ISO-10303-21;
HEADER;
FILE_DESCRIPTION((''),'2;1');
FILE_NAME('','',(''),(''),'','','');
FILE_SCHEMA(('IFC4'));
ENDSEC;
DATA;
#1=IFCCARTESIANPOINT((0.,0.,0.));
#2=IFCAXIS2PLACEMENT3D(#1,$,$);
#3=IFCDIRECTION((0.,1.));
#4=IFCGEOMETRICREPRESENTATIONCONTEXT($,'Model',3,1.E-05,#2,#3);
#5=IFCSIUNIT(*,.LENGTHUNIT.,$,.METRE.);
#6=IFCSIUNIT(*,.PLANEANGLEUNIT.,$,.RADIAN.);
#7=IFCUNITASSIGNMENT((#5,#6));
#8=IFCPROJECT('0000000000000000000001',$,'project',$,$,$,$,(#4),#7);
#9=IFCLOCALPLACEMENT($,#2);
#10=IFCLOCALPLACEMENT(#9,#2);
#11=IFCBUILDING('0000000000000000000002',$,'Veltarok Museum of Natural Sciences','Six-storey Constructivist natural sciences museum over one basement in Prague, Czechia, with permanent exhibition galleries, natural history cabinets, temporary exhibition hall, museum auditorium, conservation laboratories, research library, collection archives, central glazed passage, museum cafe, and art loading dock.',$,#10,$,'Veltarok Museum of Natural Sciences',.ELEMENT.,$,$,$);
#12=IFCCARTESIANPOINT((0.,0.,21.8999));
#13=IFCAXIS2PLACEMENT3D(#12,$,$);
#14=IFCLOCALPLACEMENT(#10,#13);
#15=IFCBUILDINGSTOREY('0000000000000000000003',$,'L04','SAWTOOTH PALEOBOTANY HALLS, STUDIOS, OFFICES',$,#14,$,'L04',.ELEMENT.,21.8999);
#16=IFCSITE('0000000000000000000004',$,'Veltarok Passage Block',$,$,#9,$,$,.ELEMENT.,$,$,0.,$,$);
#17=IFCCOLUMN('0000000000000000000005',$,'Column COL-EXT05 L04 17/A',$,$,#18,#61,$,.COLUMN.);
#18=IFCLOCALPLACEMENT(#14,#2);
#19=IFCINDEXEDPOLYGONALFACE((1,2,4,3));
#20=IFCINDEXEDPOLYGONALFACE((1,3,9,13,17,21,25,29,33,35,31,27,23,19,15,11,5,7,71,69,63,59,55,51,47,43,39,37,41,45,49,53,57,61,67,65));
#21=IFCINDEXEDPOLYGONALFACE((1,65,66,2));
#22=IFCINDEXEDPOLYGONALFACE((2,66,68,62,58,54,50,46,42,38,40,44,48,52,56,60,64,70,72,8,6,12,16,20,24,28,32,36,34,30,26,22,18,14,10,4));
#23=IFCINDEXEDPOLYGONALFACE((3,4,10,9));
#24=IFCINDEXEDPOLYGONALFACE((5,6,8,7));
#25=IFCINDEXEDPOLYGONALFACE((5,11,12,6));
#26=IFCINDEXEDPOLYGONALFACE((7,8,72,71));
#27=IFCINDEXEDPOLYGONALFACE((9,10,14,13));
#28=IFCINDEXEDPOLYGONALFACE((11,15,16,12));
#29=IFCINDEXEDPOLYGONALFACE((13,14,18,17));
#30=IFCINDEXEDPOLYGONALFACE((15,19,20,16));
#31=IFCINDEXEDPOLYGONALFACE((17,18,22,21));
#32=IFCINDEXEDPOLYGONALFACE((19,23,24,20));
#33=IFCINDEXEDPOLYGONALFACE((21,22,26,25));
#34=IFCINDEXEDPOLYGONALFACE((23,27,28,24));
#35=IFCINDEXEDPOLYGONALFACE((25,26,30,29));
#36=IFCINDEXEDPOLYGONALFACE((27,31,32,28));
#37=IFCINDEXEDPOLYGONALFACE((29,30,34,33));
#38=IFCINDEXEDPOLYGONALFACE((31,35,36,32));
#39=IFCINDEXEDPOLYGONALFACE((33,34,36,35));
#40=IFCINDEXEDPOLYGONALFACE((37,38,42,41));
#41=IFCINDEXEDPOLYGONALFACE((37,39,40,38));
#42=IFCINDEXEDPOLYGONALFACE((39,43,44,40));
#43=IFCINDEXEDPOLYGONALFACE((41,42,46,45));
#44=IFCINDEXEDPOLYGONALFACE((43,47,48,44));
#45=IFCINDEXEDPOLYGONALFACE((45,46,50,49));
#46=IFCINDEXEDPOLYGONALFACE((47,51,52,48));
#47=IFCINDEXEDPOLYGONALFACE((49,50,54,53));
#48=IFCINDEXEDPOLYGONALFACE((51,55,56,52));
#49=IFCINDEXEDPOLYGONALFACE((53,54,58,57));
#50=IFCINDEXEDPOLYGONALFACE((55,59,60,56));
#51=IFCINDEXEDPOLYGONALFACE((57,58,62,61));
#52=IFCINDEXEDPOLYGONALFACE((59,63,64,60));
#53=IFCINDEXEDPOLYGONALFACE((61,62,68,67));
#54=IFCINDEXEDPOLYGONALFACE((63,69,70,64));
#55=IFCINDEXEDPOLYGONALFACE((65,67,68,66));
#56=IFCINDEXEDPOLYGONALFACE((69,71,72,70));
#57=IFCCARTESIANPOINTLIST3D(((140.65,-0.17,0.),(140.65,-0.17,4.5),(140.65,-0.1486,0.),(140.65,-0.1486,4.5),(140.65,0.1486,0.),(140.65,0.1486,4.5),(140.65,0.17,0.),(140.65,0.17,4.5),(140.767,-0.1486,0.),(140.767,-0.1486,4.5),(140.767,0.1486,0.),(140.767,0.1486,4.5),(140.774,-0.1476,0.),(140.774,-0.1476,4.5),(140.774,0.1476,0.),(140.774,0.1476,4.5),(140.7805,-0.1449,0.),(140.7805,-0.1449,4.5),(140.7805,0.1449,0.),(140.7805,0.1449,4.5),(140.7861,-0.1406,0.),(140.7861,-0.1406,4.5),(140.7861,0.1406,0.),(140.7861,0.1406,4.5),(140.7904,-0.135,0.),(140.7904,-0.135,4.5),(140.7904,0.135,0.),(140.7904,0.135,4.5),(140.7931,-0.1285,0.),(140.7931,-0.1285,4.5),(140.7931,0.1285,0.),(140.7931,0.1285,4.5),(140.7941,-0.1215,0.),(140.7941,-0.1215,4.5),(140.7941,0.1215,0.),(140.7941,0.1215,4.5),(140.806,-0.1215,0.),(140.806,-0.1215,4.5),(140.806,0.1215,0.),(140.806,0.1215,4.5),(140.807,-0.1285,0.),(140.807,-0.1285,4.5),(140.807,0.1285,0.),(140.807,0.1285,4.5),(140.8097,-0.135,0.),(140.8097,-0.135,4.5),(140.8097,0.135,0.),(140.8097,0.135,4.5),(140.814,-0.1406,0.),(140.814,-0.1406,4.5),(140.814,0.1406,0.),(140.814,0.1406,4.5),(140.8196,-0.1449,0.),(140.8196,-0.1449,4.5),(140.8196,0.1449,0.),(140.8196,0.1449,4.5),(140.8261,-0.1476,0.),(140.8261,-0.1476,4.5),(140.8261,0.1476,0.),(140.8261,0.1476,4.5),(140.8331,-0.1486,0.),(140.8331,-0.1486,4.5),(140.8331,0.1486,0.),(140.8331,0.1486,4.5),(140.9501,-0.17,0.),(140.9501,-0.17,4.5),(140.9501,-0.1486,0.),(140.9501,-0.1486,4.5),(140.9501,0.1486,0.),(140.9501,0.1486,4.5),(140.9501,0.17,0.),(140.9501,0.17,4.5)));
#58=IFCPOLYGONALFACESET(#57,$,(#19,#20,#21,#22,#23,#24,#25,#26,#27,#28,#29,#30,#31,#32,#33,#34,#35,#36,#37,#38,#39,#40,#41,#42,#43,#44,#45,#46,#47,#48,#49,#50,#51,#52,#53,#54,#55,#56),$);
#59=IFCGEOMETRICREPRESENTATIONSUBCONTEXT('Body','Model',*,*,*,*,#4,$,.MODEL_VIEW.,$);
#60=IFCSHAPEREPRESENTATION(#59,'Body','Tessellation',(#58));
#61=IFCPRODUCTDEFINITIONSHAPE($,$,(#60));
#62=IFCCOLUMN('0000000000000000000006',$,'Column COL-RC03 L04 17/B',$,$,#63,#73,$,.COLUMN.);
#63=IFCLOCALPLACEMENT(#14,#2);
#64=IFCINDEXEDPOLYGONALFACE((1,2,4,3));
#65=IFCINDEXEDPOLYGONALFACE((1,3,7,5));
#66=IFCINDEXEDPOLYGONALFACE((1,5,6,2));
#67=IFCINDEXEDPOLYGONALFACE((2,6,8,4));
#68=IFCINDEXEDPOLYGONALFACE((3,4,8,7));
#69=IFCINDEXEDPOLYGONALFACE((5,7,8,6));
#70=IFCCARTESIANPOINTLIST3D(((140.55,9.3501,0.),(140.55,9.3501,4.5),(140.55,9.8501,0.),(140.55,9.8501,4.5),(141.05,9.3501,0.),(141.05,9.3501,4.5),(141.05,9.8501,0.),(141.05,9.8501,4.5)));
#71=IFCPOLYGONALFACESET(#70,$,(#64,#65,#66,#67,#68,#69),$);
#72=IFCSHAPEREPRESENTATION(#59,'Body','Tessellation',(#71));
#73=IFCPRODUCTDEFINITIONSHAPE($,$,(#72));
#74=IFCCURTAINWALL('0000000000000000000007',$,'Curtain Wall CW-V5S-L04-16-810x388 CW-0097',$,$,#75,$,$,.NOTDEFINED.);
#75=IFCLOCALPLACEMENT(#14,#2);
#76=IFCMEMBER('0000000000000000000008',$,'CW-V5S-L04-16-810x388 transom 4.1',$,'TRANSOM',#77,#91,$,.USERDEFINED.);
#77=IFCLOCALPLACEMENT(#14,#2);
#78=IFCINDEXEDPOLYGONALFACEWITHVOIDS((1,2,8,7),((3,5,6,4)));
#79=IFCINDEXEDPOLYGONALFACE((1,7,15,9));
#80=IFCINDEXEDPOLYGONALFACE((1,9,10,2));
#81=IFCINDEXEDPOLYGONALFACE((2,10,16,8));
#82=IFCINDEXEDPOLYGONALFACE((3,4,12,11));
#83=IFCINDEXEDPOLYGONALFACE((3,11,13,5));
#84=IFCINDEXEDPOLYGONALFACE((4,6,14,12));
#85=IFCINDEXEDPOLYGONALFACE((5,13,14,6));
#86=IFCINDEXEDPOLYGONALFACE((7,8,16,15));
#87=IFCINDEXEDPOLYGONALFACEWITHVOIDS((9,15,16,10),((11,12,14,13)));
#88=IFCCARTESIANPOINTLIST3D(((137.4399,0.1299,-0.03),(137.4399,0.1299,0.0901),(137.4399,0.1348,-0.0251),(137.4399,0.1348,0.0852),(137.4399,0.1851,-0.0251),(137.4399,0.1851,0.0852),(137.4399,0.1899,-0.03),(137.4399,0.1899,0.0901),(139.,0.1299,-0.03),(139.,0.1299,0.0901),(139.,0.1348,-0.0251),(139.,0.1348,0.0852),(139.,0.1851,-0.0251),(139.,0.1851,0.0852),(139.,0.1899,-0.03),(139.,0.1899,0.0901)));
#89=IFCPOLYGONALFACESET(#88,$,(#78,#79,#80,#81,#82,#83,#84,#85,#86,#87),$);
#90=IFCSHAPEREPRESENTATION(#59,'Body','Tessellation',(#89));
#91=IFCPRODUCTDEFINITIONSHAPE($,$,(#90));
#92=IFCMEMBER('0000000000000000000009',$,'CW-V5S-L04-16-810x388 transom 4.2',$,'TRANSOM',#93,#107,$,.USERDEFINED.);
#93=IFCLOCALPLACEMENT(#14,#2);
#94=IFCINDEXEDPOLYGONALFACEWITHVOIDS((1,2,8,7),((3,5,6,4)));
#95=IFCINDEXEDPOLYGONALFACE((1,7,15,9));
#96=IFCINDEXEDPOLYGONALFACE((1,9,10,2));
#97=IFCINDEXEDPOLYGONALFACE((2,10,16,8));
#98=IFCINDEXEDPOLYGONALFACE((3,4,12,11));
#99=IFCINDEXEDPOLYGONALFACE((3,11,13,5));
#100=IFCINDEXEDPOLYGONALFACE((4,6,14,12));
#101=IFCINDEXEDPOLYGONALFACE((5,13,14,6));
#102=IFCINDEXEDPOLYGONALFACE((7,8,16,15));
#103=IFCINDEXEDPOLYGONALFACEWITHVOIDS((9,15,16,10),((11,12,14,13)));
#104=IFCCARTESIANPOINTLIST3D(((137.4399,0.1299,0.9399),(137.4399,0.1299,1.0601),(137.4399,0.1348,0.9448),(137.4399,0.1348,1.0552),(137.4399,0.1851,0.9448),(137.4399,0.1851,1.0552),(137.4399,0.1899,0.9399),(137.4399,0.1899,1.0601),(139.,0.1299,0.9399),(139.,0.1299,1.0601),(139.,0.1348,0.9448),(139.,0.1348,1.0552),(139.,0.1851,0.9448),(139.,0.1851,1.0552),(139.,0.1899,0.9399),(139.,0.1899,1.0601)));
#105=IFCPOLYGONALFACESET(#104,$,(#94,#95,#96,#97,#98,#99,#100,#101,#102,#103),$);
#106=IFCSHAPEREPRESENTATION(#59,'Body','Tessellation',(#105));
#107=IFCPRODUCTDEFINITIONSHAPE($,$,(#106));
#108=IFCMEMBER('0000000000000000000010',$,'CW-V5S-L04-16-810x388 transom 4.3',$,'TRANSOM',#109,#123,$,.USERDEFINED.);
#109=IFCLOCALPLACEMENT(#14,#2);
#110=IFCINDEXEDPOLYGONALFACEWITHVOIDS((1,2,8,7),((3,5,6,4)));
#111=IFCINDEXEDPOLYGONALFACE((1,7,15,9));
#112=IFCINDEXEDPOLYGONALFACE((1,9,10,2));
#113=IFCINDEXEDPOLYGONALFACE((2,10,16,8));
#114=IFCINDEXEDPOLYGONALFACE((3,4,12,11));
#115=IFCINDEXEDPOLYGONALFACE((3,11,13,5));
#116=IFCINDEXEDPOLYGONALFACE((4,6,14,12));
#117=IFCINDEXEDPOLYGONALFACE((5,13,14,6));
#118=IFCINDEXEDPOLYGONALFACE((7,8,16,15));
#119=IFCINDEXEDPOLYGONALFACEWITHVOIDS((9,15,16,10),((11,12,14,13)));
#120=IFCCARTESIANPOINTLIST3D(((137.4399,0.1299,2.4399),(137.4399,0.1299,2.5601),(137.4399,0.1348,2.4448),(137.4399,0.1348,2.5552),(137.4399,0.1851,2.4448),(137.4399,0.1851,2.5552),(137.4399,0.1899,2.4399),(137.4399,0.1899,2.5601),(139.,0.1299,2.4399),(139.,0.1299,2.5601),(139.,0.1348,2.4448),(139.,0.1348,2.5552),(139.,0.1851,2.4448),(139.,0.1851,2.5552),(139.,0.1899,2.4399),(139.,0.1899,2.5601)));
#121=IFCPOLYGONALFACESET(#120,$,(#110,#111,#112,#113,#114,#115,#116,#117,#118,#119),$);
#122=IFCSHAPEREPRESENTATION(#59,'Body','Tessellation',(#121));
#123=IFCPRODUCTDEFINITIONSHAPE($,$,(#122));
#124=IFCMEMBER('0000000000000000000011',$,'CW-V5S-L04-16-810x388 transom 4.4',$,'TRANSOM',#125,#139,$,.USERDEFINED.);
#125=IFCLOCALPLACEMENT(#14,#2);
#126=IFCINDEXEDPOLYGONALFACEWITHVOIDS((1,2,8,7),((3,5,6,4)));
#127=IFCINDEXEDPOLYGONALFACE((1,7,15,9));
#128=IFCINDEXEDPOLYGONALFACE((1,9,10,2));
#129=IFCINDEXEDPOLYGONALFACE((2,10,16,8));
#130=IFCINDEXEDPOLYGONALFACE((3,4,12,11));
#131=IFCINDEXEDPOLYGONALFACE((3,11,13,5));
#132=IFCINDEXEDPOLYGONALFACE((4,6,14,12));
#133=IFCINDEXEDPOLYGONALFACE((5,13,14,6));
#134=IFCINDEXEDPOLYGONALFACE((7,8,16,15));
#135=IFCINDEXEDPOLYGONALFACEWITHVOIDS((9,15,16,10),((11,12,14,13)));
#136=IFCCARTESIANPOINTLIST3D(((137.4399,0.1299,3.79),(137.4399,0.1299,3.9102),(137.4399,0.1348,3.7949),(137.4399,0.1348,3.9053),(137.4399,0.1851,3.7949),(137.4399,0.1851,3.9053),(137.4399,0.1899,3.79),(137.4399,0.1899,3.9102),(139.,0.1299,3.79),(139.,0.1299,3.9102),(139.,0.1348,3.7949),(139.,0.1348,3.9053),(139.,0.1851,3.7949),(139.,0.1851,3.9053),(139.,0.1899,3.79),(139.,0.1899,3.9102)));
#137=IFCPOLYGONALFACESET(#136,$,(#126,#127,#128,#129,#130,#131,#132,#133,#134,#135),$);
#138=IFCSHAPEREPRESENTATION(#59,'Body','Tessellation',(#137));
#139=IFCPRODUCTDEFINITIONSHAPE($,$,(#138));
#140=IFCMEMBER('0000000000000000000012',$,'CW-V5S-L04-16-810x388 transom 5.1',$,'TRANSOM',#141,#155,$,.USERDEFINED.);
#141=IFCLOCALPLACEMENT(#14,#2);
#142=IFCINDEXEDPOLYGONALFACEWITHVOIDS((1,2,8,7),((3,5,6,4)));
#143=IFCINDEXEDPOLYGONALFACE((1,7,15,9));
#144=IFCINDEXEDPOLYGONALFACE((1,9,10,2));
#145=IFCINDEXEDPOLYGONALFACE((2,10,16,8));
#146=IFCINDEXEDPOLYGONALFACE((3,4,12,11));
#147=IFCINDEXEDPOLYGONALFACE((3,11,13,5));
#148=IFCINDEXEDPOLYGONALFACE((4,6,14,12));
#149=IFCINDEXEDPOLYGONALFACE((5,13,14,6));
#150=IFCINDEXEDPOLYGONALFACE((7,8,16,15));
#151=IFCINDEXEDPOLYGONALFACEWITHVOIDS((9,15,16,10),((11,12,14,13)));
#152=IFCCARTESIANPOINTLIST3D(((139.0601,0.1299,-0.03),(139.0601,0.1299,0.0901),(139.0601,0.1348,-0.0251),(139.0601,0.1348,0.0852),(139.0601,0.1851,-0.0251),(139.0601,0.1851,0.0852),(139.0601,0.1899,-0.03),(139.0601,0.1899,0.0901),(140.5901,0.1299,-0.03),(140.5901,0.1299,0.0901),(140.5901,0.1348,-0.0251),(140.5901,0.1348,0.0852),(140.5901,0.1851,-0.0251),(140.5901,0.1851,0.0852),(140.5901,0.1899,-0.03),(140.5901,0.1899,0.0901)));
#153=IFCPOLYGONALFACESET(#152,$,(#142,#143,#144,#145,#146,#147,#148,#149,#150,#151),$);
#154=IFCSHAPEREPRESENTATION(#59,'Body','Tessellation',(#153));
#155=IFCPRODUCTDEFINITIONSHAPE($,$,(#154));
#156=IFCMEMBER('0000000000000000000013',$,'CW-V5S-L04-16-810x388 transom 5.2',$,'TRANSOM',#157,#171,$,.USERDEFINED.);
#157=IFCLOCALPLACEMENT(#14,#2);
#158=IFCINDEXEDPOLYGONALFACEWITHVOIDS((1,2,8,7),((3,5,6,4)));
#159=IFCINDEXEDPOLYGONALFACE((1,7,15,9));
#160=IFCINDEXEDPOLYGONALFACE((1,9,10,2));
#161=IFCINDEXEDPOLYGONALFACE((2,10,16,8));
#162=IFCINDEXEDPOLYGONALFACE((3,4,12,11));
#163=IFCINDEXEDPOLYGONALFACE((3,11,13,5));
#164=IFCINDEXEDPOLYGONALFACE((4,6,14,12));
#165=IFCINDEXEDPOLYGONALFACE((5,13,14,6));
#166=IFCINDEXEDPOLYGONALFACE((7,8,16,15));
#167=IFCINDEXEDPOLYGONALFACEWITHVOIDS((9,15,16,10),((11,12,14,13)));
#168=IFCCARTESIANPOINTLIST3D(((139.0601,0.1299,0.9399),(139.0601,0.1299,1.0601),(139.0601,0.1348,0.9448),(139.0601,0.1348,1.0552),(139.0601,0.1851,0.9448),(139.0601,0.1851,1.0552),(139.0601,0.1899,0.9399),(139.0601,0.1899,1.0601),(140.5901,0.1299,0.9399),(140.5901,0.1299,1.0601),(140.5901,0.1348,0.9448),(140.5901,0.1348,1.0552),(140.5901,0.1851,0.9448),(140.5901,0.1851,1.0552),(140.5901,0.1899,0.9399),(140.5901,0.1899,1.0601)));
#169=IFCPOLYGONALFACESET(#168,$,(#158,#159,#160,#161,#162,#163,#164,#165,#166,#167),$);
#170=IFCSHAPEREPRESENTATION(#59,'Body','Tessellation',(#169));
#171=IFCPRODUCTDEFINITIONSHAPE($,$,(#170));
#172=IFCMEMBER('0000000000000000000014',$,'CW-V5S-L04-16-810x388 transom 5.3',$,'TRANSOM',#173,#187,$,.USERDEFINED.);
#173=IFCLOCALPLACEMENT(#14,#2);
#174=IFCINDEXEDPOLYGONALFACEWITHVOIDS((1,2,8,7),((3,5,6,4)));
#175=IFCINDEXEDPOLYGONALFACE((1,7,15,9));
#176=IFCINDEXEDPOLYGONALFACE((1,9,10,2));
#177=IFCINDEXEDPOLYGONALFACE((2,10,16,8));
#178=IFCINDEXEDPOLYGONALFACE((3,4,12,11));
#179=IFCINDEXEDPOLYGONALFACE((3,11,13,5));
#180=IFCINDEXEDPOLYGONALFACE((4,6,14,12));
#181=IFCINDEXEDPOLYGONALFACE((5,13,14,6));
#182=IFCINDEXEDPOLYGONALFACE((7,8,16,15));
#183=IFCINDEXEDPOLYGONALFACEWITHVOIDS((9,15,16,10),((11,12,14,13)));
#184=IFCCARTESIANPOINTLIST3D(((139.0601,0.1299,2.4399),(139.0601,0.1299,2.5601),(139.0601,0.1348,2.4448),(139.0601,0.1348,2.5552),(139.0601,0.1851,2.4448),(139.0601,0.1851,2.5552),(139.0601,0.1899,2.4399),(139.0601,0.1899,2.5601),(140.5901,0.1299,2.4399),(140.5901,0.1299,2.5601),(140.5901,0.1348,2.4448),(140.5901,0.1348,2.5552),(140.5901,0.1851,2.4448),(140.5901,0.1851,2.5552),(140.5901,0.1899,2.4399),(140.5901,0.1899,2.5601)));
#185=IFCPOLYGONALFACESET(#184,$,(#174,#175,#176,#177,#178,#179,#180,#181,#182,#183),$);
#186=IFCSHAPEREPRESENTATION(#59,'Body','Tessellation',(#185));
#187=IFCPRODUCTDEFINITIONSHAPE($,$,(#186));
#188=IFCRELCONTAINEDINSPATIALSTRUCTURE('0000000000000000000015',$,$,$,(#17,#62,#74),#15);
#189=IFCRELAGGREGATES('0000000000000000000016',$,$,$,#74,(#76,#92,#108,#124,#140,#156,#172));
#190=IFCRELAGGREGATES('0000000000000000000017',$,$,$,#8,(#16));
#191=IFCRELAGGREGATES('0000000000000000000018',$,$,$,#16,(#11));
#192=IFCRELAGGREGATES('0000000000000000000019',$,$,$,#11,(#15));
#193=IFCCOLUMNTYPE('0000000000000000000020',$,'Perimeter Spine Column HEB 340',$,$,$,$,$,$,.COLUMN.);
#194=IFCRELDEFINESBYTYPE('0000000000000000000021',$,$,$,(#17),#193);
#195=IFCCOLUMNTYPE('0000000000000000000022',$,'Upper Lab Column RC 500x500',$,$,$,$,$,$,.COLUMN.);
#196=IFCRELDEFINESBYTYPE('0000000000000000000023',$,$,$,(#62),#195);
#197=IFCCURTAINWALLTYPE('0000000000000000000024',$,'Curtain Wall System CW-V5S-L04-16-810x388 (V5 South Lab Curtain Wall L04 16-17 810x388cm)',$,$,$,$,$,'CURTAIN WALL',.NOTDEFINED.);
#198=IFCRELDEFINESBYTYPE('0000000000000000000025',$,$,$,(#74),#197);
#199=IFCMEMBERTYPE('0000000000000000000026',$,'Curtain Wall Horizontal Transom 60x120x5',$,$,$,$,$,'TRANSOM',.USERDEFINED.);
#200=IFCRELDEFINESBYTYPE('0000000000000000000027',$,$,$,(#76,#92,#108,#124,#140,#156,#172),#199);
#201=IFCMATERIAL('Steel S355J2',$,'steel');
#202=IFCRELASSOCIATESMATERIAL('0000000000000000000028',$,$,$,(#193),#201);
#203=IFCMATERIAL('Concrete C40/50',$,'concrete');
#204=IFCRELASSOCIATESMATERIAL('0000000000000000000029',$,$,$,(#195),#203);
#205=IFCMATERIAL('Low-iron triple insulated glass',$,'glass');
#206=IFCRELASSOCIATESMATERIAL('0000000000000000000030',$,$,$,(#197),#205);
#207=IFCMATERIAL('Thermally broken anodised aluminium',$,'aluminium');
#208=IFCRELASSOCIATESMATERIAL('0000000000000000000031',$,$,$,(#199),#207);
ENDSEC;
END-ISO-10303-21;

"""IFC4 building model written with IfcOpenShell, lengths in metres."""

from ifc_helpers import new_model, si_unit, direction, frame, origin, origin_2d, place, context, subcontext, project, spatial, rectangle, hollow_rectangle, i_section, extrude, material, material_profile, profile_set, type_object, element, aggregate, save


model = new_model("IFC4")

# Units and contexts
model_context = context("Model", 3, precision=1e-05, world=origin(), true_north=direction((0.0, 1.0)))
body_context = subcontext(model_context, "Body", "Model", "MODEL_VIEW")
ifc_project = project(units=[si_unit("LENGTHUNIT", "METRE"), si_unit("PLANEANGLEUNIT", "RADIAN")], contexts=[model_context])

# Site, building, storey
site_placement = place(None, origin())
site = spatial("IfcSite", under=ifc_project, at=site_placement, Name="Veltarok Passage Block", CompositionType="ELEMENT", RefElevation=0.0)
building_placement = place(site_placement, origin())
building = spatial("IfcBuilding", under=site, at=building_placement, Name="Veltarok Museum of Natural Sciences", Description="Six-storey Constructivist natural sciences museum over one basement in Prague, Czechia, with permanent exhibition galleries, natural history cabinets, temporary exhibition hall, museum auditorium, conservation laboratories, research library, collection archives, central glazed passage, museum cafe, and art loading dock.", LongName="Veltarok Museum of Natural Sciences", CompositionType="ELEMENT")
storey_placement = place(building_placement, frame((0.0, 0.0, 21.8999)))
storey = spatial("IfcBuildingStorey", under=building, at=storey_placement, Name="L04", Description="SAWTOOTH PALEOBOTANY HALLS, STUDIOS, OFFICES", LongName="L04", CompositionType="ELEMENT", Elevation=21.8999)

# Columns
ifc_material_1 = material(Name="Steel S355J2", Category="steel")
ifc_material_profile_1 = material_profile(ifc_material_1, i_section(OverallWidth=0.3, OverallDepth=0.3401, WebThickness=0.012, FlangeThickness=0.0215, FilletRadius=0.0271, at=origin_2d()), Name="HEB 340")
ifc_profile_set_1 = profile_set([ifc_material_profile_1], Name="Steel S355J2")
column_type_1 = type_object("IfcColumnType", Name="Perimeter Spine Column HEB 340", PredefinedType="COLUMN", material=ifc_profile_set_1)
column_1_placement = place(storey_placement, frame((140.8, 0.0, 0.0), z_axis=(0.0, 0.0, 1.0), x_axis=(1.0, 0.0, 0.0)))
element("IfcColumn", 1, at=column_1_placement, inside=storey, type_object=column_type_1, Name="Column COL-EXT05 L04 17/A", PredefinedType="COLUMN", context=body_context, shape_type="SweptSolid", body=[
    extrude(i_section(OverallWidth=0.3, OverallDepth=0.3401, WebThickness=0.012, FlangeThickness=0.0215, FilletRadius=0.0271, at=origin_2d()), origin(), (0.0, 0.0, 1.0), 4.5),
])
ifc_material_2 = material(Name="Concrete C40/50", Category="concrete")
ifc_material_profile_2 = material_profile(ifc_material_2, rectangle(XDim=0.5, YDim=0.5, at=origin_2d()), Name="RC 500x500")
ifc_profile_set_2 = profile_set([ifc_material_profile_2], Name="Concrete C40/50")
column_type_2 = type_object("IfcColumnType", Name="Upper Lab Column RC 500x500", PredefinedType="COLUMN", material=ifc_profile_set_2)
column_2_placement = place(storey_placement, frame((140.8, 9.6001, 0.0), z_axis=(0.0, 0.0, 1.0), x_axis=(1.0, 0.0, 0.0)))
element("IfcColumn", 2, at=column_2_placement, inside=storey, type_object=column_type_2, Name="Column COL-RC03 L04 17/B", PredefinedType="COLUMN", context=body_context, shape_type="SweptSolid", body=[
    extrude(rectangle(XDim=0.5, YDim=0.5, at=origin_2d()), origin(), (0.0, 0.0, 1.0), 4.5),
])

# Curtain wall, members
ifc_material_3 = material(Name="Low-iron triple insulated glass", Category="glass")
curtain_wall_type_1 = type_object("IfcCurtainWallType", Name="Curtain Wall System CW-V5S-L04-16-810x388 (V5 South Lab Curtain Wall L04 16-17 810x388cm)", ElementType="CURTAIN WALL", PredefinedType="NOTDEFINED", material=ifc_material_3)
curtain_wall_1_placement = place(storey_placement, origin())
curtain_wall_1 = element("IfcCurtainWall", 3, at=curtain_wall_1_placement, inside=storey, type_object=curtain_wall_type_1, Name="Curtain Wall CW-V5S-L04-16-810x388 CW-0097", PredefinedType="NOTDEFINED")
ifc_material_4 = material(Name="Thermally broken anodised aluminium", Category="aluminium")
ifc_material_profile_3 = material_profile(ifc_material_4, hollow_rectangle(XDim=0.0601, YDim=0.1201, WallThickness=0.0049, at=origin_2d()), Name="CW TRANSOM 60x120x5")
ifc_profile_set_3 = profile_set([ifc_material_profile_3], Name="Thermally broken anodised aluminium")
member_type_1 = type_object("IfcMemberType", Name="Curtain Wall Horizontal Transom 60x120x5", ElementType="TRANSOM", PredefinedType="USERDEFINED", material=ifc_profile_set_3)
member_1_placement = place(storey_placement, frame((137.4399, 0.1599, 0.03), z_axis=(1.0, 0.0, 0.0), x_axis=(0.0, 1.0, 0.0)))
member_1 = element("IfcMember", 4, at=member_1_placement, type_object=member_type_1, Name="CW-V5S-L04-16-810x388 transom 4.1", ObjectType="TRANSOM", PredefinedType="USERDEFINED", context=body_context, shape_type="SweptSolid", body=[
    extrude(hollow_rectangle(XDim=0.0601, YDim=0.1201, WallThickness=0.0049, at=origin_2d()), origin(), (0.0, 0.0, 1.0), 1.5601),
])
member_2_placement = place(storey_placement, frame((137.4399, 0.1599, 1.0), z_axis=(1.0, 0.0, 0.0), x_axis=(0.0, 1.0, 0.0)))
member_2 = element("IfcMember", 5, at=member_2_placement, type_object=member_type_1, Name="CW-V5S-L04-16-810x388 transom 4.2", ObjectType="TRANSOM", PredefinedType="USERDEFINED", context=body_context, shape_type="SweptSolid", body=[
    extrude(hollow_rectangle(XDim=0.0601, YDim=0.1201, WallThickness=0.0049, at=origin_2d()), origin(), (0.0, 0.0, 1.0), 1.5601),
])
member_3_placement = place(storey_placement, frame((137.4399, 0.1599, 2.5), z_axis=(1.0, 0.0, 0.0), x_axis=(0.0, 1.0, 0.0)))
member_3 = element("IfcMember", 6, at=member_3_placement, type_object=member_type_1, Name="CW-V5S-L04-16-810x388 transom 4.3", ObjectType="TRANSOM", PredefinedType="USERDEFINED", context=body_context, shape_type="SweptSolid", body=[
    extrude(hollow_rectangle(XDim=0.0601, YDim=0.1201, WallThickness=0.0049, at=origin_2d()), origin(), (0.0, 0.0, 1.0), 1.5601),
])
member_4_placement = place(storey_placement, frame((137.4399, 0.1599, 3.8501), z_axis=(1.0, 0.0, 0.0), x_axis=(0.0, 1.0, 0.0)))
member_4 = element("IfcMember", 7, at=member_4_placement, type_object=member_type_1, Name="CW-V5S-L04-16-810x388 transom 4.4", ObjectType="TRANSOM", PredefinedType="USERDEFINED", context=body_context, shape_type="SweptSolid", body=[
    extrude(hollow_rectangle(XDim=0.0601, YDim=0.1201, WallThickness=0.0049, at=origin_2d()), origin(), (0.0, 0.0, 1.0), 1.5601),
])
member_5_placement = place(storey_placement, frame((139.0601, 0.1599, 0.03), z_axis=(1.0, 0.0, 0.0), x_axis=(0.0, 1.0, 0.0)))
member_5 = element("IfcMember", 8, at=member_5_placement, type_object=member_type_1, Name="CW-V5S-L04-16-810x388 transom 5.1", ObjectType="TRANSOM", PredefinedType="USERDEFINED", context=body_context, shape_type="SweptSolid", body=[
    extrude(hollow_rectangle(XDim=0.0601, YDim=0.1201, WallThickness=0.0049, at=origin_2d()), origin(), (0.0, 0.0, 1.0), 1.53),
])
member_6_placement = place(storey_placement, frame((139.0601, 0.1599, 1.0), z_axis=(1.0, 0.0, 0.0), x_axis=(0.0, 1.0, 0.0)))
member_6 = element("IfcMember", 9, at=member_6_placement, type_object=member_type_1, Name="CW-V5S-L04-16-810x388 transom 5.2", ObjectType="TRANSOM", PredefinedType="USERDEFINED", context=body_context, shape_type="SweptSolid", body=[
    extrude(hollow_rectangle(XDim=0.0601, YDim=0.1201, WallThickness=0.0049, at=origin_2d()), origin(), (0.0, 0.0, 1.0), 1.53),
])
member_7_placement = place(storey_placement, frame((139.0601, 0.1599, 2.5), z_axis=(1.0, 0.0, 0.0), x_axis=(0.0, 1.0, 0.0)))
member_7 = element("IfcMember", 10, at=member_7_placement, type_object=member_type_1, Name="CW-V5S-L04-16-810x388 transom 5.3", ObjectType="TRANSOM", PredefinedType="USERDEFINED", context=body_context, shape_type="SweptSolid", body=[
    extrude(hollow_rectangle(XDim=0.0601, YDim=0.1201, WallThickness=0.0049, at=origin_2d()), origin(), (0.0, 0.0, 1.0), 1.53),
])

aggregate(curtain_wall_1, [member_1, member_2, member_3, member_4, member_5, member_6, member_7])

save(model, "model.ifc")
